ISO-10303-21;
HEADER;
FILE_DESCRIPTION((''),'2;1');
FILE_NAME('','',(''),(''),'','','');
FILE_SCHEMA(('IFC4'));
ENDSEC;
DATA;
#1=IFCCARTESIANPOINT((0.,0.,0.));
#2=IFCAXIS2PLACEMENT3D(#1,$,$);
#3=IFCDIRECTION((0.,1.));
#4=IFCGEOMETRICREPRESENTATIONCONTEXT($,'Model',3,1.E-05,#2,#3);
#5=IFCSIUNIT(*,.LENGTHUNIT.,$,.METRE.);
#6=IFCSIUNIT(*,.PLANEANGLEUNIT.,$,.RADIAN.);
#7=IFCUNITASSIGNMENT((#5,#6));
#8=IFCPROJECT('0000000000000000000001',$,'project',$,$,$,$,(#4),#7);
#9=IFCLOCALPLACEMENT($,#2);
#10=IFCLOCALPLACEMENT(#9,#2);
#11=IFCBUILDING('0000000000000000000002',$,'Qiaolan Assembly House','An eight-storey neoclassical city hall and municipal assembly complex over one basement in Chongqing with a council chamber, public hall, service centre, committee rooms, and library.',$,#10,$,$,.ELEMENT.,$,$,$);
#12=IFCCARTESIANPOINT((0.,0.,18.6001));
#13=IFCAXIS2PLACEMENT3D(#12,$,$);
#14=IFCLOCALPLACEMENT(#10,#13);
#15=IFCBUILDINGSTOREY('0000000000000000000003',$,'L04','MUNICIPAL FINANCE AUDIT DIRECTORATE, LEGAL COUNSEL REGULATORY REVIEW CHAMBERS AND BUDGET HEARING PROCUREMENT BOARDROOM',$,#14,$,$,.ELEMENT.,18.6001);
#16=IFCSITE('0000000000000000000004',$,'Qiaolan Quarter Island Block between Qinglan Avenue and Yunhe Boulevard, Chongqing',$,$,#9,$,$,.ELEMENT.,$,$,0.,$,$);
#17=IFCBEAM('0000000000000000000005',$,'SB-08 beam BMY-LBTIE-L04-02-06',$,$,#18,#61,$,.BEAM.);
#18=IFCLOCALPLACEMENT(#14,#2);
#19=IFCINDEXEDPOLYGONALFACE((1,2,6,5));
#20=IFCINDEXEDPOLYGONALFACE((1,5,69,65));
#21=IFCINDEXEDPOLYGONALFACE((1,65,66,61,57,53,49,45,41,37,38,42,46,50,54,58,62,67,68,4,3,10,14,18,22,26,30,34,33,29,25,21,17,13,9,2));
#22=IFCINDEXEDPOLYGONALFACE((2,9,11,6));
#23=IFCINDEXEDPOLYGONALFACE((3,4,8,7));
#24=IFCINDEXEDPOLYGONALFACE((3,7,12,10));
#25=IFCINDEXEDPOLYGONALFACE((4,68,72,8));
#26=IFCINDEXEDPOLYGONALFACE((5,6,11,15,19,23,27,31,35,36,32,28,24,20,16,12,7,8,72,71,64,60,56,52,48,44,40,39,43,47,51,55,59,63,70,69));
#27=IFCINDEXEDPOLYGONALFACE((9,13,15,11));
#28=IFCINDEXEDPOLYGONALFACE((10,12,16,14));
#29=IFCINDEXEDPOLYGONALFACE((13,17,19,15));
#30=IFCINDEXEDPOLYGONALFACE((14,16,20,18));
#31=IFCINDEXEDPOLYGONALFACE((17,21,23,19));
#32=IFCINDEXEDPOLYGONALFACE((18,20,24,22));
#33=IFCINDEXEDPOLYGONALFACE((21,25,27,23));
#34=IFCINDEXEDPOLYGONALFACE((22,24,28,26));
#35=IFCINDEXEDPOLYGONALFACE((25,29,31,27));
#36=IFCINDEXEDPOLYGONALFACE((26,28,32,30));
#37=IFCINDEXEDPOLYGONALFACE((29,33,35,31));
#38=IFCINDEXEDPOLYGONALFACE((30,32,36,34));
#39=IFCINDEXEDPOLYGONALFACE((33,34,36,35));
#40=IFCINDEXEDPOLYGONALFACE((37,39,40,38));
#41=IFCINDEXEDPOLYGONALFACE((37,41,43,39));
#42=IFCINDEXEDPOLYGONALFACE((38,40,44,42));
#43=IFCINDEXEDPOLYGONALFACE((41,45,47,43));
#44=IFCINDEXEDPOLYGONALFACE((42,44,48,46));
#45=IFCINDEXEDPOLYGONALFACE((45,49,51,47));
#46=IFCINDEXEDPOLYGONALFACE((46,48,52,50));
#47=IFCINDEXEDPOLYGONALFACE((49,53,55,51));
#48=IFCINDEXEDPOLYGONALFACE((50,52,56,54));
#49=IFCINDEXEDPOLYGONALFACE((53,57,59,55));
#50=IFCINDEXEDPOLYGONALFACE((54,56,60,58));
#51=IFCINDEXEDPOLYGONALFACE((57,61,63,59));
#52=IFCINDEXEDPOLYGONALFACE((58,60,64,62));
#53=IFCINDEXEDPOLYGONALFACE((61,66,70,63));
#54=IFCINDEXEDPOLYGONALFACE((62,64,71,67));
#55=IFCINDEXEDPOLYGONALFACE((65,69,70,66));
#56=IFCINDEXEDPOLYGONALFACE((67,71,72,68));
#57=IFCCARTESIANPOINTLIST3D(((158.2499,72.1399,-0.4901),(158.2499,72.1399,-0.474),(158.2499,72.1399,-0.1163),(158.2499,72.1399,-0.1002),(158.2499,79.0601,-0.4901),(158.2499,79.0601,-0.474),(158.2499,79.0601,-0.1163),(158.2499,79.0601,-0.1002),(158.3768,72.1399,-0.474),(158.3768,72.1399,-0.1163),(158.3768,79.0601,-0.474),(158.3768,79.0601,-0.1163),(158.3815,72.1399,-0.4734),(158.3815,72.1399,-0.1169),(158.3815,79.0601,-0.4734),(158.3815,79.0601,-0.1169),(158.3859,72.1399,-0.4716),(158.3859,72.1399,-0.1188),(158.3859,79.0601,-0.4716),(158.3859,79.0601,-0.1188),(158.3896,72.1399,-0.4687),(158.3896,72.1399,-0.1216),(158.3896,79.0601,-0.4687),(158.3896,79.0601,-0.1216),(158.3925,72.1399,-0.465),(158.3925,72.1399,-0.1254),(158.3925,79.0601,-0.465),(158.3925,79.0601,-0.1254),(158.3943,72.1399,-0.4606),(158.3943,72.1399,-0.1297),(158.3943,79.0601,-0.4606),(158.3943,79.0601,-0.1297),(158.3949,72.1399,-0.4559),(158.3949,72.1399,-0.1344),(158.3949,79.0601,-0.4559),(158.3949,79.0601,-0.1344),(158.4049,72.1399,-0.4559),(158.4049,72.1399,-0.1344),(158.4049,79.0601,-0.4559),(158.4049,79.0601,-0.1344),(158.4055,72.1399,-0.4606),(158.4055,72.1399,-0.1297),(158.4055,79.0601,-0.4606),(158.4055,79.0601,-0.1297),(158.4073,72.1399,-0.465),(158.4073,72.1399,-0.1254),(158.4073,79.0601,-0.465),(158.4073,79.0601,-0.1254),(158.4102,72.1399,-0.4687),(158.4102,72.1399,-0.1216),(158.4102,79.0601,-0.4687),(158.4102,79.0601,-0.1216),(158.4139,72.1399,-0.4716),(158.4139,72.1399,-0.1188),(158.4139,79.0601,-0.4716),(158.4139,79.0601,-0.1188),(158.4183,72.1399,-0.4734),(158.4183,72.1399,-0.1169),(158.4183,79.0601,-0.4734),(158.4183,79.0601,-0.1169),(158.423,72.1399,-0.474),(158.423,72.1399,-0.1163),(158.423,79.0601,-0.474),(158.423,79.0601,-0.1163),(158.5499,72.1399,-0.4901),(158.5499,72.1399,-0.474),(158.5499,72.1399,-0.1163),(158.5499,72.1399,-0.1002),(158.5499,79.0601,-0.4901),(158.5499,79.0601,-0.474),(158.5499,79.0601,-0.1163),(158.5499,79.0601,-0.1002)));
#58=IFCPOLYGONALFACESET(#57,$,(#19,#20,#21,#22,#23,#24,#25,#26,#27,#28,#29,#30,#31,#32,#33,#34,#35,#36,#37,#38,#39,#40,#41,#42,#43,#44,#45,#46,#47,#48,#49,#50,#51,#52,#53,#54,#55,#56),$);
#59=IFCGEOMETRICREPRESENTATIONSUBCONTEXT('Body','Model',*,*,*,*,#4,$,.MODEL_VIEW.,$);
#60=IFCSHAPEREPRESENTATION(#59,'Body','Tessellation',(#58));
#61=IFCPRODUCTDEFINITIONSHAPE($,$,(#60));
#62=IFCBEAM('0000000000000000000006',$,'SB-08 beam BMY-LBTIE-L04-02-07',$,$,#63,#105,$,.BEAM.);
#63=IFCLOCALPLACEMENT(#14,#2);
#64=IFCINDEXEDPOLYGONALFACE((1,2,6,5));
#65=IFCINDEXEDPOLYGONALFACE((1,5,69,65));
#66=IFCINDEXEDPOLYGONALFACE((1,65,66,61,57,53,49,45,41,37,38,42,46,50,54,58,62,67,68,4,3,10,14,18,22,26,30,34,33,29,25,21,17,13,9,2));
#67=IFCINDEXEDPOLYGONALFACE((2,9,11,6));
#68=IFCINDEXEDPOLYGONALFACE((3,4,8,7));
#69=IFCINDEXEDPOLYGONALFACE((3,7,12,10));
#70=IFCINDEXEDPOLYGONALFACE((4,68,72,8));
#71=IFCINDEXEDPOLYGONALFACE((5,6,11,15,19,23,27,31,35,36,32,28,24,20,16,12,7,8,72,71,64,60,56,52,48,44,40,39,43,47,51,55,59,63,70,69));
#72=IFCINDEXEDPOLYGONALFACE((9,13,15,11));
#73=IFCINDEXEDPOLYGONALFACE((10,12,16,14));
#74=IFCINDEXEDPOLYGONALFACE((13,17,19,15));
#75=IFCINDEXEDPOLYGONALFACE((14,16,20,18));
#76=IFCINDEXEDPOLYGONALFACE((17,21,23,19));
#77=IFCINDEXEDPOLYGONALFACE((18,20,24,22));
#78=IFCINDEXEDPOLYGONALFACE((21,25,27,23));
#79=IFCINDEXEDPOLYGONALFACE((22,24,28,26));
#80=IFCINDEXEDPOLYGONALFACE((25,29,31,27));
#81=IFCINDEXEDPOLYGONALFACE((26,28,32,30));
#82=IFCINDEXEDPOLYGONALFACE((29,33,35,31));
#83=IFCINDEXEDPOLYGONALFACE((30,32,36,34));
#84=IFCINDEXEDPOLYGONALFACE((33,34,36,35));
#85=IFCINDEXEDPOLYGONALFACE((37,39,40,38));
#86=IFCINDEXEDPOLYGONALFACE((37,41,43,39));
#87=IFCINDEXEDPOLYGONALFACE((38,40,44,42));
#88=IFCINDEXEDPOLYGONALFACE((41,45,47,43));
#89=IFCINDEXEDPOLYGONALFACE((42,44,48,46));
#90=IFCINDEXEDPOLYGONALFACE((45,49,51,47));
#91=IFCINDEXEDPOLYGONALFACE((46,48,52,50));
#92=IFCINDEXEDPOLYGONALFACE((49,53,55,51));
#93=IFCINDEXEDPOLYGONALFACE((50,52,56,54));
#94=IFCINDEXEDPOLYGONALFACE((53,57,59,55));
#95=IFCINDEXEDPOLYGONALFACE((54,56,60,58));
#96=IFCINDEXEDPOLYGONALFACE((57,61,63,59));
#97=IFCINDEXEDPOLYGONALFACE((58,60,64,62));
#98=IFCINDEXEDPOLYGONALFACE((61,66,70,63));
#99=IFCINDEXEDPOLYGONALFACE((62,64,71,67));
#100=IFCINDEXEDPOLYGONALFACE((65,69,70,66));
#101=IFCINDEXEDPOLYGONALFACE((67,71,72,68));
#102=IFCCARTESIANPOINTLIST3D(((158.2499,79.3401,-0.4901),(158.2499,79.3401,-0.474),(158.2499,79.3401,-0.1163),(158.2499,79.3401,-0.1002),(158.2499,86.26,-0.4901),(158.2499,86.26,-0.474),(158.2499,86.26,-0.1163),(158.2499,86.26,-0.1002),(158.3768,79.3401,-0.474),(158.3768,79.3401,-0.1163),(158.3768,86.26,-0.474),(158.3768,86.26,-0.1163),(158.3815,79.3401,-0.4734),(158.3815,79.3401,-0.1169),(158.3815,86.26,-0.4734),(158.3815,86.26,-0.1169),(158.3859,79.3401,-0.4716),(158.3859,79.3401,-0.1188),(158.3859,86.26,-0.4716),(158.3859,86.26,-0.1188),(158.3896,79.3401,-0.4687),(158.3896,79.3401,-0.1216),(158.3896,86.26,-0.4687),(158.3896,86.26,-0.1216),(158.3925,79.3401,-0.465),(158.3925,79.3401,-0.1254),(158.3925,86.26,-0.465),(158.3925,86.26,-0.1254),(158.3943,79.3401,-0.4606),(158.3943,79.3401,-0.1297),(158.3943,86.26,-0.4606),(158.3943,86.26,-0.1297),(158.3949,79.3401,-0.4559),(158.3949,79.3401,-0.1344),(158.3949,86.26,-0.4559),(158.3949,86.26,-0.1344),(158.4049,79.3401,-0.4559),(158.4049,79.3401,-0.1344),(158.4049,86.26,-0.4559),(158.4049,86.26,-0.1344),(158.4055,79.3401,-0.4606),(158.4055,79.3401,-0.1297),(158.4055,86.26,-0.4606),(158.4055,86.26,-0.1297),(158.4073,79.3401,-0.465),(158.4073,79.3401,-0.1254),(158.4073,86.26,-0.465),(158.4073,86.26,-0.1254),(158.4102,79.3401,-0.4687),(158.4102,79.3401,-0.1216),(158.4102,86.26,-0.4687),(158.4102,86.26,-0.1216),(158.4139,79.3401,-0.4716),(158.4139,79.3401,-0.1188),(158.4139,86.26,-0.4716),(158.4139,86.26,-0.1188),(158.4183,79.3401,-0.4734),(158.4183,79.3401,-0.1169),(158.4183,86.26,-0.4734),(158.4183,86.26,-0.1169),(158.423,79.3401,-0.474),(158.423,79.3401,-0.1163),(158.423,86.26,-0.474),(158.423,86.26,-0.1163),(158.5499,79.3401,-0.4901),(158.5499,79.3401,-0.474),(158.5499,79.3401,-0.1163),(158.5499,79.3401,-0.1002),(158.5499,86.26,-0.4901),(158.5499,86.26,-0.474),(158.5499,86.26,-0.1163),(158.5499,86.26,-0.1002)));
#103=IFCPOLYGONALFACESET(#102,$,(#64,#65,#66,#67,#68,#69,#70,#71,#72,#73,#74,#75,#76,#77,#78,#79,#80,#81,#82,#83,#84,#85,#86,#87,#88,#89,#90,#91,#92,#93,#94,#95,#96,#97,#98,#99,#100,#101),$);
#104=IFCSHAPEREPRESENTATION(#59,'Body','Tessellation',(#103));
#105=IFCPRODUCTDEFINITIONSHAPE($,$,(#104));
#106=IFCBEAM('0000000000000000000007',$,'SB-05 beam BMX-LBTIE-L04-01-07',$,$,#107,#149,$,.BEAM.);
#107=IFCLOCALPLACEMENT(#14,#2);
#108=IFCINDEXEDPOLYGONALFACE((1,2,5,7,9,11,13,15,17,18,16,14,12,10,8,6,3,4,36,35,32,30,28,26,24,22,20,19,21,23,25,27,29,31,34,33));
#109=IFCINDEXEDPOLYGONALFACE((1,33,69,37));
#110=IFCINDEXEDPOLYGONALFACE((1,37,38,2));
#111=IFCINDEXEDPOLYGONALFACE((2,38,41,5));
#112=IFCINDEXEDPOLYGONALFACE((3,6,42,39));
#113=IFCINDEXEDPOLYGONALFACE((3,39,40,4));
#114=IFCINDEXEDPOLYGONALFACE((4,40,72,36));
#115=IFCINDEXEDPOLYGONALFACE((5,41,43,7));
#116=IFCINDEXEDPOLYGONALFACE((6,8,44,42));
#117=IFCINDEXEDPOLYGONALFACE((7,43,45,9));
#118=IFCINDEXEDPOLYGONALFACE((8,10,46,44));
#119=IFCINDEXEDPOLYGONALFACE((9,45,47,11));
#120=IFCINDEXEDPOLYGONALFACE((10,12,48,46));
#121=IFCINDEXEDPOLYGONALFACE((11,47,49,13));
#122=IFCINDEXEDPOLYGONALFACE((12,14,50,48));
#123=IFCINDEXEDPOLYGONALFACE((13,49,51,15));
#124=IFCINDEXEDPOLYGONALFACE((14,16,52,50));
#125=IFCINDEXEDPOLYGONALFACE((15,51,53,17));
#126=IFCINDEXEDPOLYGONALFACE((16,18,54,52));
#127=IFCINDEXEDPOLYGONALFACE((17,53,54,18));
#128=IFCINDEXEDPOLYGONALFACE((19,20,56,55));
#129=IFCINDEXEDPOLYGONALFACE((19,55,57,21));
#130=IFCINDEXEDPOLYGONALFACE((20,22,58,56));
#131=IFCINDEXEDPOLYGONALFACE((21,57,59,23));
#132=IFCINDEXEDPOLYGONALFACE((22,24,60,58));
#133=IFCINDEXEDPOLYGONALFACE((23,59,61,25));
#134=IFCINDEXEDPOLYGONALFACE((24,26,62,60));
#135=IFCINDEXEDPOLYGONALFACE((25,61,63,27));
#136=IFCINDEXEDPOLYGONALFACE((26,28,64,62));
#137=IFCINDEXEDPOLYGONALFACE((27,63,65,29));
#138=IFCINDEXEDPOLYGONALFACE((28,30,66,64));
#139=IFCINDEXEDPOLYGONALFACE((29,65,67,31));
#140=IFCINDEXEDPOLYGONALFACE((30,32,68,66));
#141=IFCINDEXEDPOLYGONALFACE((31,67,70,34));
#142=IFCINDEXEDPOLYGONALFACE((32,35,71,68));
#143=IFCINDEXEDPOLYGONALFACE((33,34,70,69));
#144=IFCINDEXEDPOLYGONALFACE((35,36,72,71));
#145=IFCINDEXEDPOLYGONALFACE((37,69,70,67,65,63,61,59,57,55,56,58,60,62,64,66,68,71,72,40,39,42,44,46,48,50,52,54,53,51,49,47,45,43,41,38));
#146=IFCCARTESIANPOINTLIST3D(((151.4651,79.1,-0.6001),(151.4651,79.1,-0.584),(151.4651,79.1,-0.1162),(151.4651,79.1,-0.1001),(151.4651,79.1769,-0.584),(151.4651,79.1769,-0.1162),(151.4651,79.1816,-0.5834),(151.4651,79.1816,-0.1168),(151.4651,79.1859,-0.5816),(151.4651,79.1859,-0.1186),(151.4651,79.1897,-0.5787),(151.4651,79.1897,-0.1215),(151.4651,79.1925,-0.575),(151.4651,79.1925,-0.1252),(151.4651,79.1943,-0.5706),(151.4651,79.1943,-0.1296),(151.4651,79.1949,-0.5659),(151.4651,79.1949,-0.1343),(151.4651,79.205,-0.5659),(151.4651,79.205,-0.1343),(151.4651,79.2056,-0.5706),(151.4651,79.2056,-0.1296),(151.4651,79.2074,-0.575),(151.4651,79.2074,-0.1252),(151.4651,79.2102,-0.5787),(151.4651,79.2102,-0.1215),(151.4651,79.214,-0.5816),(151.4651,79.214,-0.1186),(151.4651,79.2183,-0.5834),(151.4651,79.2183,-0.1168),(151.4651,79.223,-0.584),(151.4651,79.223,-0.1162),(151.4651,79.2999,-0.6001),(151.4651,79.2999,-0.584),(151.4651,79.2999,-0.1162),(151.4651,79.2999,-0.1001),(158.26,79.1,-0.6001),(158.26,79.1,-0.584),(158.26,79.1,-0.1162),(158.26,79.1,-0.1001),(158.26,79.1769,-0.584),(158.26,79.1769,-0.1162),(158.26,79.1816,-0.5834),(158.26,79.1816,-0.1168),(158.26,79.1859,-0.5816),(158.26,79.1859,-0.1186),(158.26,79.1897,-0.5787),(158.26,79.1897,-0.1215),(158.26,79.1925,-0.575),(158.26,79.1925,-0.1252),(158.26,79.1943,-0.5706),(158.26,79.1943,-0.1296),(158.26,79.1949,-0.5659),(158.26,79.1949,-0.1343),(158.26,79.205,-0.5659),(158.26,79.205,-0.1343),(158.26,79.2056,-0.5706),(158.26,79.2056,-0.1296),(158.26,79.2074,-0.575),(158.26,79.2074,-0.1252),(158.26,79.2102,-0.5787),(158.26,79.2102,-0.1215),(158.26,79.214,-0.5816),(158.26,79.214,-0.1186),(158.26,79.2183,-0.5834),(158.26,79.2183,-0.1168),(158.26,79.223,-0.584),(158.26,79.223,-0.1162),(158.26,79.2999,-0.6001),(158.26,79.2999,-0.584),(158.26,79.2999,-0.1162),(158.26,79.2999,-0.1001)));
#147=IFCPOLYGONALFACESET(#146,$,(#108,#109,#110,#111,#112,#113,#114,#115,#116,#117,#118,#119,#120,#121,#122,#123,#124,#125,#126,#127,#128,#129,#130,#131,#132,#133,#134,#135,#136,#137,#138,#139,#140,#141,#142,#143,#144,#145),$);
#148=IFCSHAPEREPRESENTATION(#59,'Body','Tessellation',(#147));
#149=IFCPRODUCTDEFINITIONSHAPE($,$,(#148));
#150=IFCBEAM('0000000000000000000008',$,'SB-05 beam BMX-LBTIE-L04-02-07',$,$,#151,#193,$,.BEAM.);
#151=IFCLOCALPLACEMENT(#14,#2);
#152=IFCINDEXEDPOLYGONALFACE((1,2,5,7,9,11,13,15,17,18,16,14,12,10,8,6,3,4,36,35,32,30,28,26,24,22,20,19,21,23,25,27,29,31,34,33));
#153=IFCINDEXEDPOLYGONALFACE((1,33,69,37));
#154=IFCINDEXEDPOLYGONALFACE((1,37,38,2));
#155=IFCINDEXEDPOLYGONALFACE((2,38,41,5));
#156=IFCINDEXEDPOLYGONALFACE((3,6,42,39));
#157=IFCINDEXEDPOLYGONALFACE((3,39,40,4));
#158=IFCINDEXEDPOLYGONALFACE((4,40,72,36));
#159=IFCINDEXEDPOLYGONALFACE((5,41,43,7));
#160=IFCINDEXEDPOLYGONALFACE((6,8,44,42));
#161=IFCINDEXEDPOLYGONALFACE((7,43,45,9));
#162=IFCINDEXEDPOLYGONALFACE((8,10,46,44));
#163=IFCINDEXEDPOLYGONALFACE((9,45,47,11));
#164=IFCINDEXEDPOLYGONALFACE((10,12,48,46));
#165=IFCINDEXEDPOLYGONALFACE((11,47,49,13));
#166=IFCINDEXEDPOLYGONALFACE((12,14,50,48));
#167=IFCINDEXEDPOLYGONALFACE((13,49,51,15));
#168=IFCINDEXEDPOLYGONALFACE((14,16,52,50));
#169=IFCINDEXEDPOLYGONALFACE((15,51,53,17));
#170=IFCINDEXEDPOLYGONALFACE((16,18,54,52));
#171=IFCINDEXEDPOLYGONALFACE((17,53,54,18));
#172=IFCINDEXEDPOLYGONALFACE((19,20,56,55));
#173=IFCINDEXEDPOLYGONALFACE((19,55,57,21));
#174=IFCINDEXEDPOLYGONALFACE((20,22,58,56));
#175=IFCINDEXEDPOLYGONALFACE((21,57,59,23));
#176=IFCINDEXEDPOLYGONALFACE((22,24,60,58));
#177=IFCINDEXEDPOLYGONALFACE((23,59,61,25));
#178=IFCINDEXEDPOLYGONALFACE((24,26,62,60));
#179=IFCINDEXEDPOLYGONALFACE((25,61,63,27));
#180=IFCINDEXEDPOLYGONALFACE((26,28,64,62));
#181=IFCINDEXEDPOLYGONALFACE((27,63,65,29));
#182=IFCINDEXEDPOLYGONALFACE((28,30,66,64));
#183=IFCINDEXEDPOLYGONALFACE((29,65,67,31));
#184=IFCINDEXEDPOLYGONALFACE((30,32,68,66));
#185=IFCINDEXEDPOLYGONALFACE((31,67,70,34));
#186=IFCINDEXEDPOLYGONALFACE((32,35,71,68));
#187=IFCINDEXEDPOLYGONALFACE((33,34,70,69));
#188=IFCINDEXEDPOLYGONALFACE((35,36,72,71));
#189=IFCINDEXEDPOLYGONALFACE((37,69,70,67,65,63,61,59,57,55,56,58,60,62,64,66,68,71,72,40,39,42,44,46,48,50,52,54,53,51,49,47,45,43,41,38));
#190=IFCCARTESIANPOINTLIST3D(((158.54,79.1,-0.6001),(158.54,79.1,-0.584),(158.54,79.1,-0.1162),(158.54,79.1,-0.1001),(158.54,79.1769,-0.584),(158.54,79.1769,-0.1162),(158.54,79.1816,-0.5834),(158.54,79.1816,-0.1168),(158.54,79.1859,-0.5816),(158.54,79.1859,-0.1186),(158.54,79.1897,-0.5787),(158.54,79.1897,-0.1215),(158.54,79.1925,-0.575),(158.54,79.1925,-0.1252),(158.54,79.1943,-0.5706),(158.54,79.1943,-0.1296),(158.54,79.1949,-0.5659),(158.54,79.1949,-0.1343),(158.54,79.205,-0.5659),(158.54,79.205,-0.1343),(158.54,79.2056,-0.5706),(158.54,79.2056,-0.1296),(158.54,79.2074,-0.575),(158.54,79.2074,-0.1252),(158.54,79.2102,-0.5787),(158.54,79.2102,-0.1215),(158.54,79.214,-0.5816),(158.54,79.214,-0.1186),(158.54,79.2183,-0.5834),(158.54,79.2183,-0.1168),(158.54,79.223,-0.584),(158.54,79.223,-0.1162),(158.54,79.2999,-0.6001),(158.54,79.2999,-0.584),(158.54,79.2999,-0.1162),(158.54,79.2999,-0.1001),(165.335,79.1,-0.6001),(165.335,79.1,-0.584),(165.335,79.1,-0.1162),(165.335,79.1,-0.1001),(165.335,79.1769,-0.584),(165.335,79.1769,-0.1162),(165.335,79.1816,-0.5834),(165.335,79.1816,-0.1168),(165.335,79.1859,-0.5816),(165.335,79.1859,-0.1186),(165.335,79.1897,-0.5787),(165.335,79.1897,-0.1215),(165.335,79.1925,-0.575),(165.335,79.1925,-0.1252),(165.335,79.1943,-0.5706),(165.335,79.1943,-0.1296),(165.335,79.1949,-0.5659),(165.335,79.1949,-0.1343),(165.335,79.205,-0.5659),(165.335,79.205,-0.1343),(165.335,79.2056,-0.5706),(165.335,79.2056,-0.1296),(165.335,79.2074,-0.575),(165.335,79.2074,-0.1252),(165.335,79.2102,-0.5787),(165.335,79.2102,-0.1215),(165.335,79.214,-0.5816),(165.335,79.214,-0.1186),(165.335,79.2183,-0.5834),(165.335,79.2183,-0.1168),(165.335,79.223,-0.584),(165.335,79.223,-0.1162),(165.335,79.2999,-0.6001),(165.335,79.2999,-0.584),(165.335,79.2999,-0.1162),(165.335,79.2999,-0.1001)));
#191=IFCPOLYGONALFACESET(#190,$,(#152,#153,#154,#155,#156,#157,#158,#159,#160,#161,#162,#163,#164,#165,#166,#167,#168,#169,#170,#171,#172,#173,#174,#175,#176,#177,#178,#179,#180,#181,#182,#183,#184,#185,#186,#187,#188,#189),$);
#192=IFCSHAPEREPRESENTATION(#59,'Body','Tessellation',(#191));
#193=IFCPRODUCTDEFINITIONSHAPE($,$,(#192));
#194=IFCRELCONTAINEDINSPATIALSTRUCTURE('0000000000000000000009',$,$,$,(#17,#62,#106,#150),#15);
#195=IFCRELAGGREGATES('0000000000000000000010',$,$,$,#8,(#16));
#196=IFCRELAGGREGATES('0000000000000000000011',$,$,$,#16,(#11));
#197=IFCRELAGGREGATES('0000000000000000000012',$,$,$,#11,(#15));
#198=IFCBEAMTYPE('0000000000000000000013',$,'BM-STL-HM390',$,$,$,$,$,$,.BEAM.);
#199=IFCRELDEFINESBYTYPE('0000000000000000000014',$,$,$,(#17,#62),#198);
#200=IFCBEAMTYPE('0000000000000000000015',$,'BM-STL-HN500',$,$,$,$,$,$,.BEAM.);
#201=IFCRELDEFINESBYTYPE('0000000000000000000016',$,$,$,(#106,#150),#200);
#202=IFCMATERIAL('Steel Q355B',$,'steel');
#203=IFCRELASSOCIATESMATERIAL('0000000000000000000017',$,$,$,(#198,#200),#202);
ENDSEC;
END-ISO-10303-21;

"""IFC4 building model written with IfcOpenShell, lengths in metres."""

from ifc_helpers import new_model, si_unit, direction, frame, origin, origin_2d, place, context, subcontext, project, spatial, i_section, extrude, material, material_profile, profile_set, type_object, element, save


model = new_model("IFC4")

# Units and contexts
model_context = context("Model", 3, precision=1e-05, world=origin(), true_north=direction((0.0, 1.0)))
body_context = subcontext(model_context, "Body", "Model", "MODEL_VIEW")
ifc_project = project(units=[si_unit("LENGTHUNIT", "METRE"), si_unit("PLANEANGLEUNIT", "RADIAN")], contexts=[model_context])

# Site, building, storey
site_placement = place(None, origin())
site = spatial("IfcSite", under=ifc_project, at=site_placement, Name="Qiaolan Quarter Island Block between Qinglan Avenue and Yunhe Boulevard, Chongqing", CompositionType="ELEMENT", RefElevation=0.0)
building_placement = place(site_placement, origin())
building = spatial("IfcBuilding", under=site, at=building_placement, Name="Qiaolan Assembly House", Description="An eight-storey neoclassical city hall and municipal assembly complex over one basement in Chongqing with a council chamber, public hall, service centre, committee rooms, and library.", CompositionType="ELEMENT")
storey_placement = place(building_placement, frame((0.0, 0.0, 18.6001)))
storey = spatial("IfcBuildingStorey", under=building, at=storey_placement, Name="L04", Description="MUNICIPAL FINANCE AUDIT DIRECTORATE, LEGAL COUNSEL REGULATORY REVIEW CHAMBERS AND BUDGET HEARING PROCUREMENT BOARDROOM", CompositionType="ELEMENT", Elevation=18.6001)

# Shared definitions
ifc_material = material(Name="Steel Q355B", Category="steel")

# Beams
ifc_material_profile_1 = material_profile(ifc_material, i_section(OverallWidth=0.3, OverallDepth=0.3899, WebThickness=0.01, FlangeThickness=0.0161, FilletRadius=0.0181, at=origin_2d()), Name="HM 390x300x10x16")
ifc_profile_set_1 = profile_set([ifc_material_profile_1], Name="Steel Q355B")
beam_type_1 = type_object("IfcBeamType", Name="BM-STL-HM390", PredefinedType="BEAM", material=ifc_profile_set_1)
beam_1_placement = place(storey_placement, frame((158.3999, 72.1399, -0.2952), z_axis=(0.0, 1.0, 0.0), x_axis=(-1.0, 0.0, 0.0)))
element("IfcBeam", 1, at=beam_1_placement, inside=storey, type_object=beam_type_1, Name="SB-08 beam BMY-LBTIE-L04-02-06", PredefinedType="BEAM", context=body_context, shape_type="SweptSolid", body=[
    extrude(i_section(OverallWidth=0.3, OverallDepth=0.3899, WebThickness=0.01, FlangeThickness=0.0161, FilletRadius=0.0181, at=origin_2d()), origin(), (0.0, 0.0, 1.0), 6.9202),
])
beam_2_placement = place(storey_placement, frame((158.3999, 79.3401, -0.2952), z_axis=(0.0, 1.0, 0.0), x_axis=(-1.0, 0.0, 0.0)))
element("IfcBeam", 2, at=beam_2_placement, inside=storey, type_object=beam_type_1, Name="SB-08 beam BMY-LBTIE-L04-02-07", PredefinedType="BEAM", context=body_context, shape_type="SweptSolid", body=[
    extrude(i_section(OverallWidth=0.3, OverallDepth=0.3899, WebThickness=0.01, FlangeThickness=0.0161, FilletRadius=0.0181, at=origin_2d()), origin(), (0.0, 0.0, 1.0), 6.9199),
])
ifc_material_profile_2 = material_profile(ifc_material, i_section(OverallWidth=0.2, OverallDepth=0.5, WebThickness=0.01, FlangeThickness=0.0161, FilletRadius=0.0181, at=origin_2d()), Name="HN 500x200x10x16")
ifc_profile_set_2 = profile_set([ifc_material_profile_2], Name="Steel Q355B")
beam_type_2 = type_object("IfcBeamType", Name="BM-STL-HN500", PredefinedType="BEAM", material=ifc_profile_set_2)
for number, where, z_axis, x_axis, name in (
    (3, (151.4651, 79.2, -0.3501), (1.0, 0.0, 0.0), (0.0, 1.0, 0.0), "SB-05 beam BMX-LBTIE-L04-01-07"),
    (4, (158.54, 79.2, -0.3501), (1.0, 0.0, 0.0), (0.0, 1.0, 0.0), "SB-05 beam BMX-LBTIE-L04-02-07"),
):
    element("IfcBeam", number, at=place(storey_placement, frame(where, z_axis=z_axis, x_axis=x_axis)), inside=storey, type_object=beam_type_2, Name=name, PredefinedType="BEAM", context=body_context, shape_type="SweptSolid", body=[
        extrude(i_section(OverallWidth=0.2, OverallDepth=0.5, WebThickness=0.01, FlangeThickness=0.0161, FilletRadius=0.0181, at=origin_2d()), origin(), (0.0, 0.0, 1.0), 6.7949),
    ])

save(model, "model.ifc")
